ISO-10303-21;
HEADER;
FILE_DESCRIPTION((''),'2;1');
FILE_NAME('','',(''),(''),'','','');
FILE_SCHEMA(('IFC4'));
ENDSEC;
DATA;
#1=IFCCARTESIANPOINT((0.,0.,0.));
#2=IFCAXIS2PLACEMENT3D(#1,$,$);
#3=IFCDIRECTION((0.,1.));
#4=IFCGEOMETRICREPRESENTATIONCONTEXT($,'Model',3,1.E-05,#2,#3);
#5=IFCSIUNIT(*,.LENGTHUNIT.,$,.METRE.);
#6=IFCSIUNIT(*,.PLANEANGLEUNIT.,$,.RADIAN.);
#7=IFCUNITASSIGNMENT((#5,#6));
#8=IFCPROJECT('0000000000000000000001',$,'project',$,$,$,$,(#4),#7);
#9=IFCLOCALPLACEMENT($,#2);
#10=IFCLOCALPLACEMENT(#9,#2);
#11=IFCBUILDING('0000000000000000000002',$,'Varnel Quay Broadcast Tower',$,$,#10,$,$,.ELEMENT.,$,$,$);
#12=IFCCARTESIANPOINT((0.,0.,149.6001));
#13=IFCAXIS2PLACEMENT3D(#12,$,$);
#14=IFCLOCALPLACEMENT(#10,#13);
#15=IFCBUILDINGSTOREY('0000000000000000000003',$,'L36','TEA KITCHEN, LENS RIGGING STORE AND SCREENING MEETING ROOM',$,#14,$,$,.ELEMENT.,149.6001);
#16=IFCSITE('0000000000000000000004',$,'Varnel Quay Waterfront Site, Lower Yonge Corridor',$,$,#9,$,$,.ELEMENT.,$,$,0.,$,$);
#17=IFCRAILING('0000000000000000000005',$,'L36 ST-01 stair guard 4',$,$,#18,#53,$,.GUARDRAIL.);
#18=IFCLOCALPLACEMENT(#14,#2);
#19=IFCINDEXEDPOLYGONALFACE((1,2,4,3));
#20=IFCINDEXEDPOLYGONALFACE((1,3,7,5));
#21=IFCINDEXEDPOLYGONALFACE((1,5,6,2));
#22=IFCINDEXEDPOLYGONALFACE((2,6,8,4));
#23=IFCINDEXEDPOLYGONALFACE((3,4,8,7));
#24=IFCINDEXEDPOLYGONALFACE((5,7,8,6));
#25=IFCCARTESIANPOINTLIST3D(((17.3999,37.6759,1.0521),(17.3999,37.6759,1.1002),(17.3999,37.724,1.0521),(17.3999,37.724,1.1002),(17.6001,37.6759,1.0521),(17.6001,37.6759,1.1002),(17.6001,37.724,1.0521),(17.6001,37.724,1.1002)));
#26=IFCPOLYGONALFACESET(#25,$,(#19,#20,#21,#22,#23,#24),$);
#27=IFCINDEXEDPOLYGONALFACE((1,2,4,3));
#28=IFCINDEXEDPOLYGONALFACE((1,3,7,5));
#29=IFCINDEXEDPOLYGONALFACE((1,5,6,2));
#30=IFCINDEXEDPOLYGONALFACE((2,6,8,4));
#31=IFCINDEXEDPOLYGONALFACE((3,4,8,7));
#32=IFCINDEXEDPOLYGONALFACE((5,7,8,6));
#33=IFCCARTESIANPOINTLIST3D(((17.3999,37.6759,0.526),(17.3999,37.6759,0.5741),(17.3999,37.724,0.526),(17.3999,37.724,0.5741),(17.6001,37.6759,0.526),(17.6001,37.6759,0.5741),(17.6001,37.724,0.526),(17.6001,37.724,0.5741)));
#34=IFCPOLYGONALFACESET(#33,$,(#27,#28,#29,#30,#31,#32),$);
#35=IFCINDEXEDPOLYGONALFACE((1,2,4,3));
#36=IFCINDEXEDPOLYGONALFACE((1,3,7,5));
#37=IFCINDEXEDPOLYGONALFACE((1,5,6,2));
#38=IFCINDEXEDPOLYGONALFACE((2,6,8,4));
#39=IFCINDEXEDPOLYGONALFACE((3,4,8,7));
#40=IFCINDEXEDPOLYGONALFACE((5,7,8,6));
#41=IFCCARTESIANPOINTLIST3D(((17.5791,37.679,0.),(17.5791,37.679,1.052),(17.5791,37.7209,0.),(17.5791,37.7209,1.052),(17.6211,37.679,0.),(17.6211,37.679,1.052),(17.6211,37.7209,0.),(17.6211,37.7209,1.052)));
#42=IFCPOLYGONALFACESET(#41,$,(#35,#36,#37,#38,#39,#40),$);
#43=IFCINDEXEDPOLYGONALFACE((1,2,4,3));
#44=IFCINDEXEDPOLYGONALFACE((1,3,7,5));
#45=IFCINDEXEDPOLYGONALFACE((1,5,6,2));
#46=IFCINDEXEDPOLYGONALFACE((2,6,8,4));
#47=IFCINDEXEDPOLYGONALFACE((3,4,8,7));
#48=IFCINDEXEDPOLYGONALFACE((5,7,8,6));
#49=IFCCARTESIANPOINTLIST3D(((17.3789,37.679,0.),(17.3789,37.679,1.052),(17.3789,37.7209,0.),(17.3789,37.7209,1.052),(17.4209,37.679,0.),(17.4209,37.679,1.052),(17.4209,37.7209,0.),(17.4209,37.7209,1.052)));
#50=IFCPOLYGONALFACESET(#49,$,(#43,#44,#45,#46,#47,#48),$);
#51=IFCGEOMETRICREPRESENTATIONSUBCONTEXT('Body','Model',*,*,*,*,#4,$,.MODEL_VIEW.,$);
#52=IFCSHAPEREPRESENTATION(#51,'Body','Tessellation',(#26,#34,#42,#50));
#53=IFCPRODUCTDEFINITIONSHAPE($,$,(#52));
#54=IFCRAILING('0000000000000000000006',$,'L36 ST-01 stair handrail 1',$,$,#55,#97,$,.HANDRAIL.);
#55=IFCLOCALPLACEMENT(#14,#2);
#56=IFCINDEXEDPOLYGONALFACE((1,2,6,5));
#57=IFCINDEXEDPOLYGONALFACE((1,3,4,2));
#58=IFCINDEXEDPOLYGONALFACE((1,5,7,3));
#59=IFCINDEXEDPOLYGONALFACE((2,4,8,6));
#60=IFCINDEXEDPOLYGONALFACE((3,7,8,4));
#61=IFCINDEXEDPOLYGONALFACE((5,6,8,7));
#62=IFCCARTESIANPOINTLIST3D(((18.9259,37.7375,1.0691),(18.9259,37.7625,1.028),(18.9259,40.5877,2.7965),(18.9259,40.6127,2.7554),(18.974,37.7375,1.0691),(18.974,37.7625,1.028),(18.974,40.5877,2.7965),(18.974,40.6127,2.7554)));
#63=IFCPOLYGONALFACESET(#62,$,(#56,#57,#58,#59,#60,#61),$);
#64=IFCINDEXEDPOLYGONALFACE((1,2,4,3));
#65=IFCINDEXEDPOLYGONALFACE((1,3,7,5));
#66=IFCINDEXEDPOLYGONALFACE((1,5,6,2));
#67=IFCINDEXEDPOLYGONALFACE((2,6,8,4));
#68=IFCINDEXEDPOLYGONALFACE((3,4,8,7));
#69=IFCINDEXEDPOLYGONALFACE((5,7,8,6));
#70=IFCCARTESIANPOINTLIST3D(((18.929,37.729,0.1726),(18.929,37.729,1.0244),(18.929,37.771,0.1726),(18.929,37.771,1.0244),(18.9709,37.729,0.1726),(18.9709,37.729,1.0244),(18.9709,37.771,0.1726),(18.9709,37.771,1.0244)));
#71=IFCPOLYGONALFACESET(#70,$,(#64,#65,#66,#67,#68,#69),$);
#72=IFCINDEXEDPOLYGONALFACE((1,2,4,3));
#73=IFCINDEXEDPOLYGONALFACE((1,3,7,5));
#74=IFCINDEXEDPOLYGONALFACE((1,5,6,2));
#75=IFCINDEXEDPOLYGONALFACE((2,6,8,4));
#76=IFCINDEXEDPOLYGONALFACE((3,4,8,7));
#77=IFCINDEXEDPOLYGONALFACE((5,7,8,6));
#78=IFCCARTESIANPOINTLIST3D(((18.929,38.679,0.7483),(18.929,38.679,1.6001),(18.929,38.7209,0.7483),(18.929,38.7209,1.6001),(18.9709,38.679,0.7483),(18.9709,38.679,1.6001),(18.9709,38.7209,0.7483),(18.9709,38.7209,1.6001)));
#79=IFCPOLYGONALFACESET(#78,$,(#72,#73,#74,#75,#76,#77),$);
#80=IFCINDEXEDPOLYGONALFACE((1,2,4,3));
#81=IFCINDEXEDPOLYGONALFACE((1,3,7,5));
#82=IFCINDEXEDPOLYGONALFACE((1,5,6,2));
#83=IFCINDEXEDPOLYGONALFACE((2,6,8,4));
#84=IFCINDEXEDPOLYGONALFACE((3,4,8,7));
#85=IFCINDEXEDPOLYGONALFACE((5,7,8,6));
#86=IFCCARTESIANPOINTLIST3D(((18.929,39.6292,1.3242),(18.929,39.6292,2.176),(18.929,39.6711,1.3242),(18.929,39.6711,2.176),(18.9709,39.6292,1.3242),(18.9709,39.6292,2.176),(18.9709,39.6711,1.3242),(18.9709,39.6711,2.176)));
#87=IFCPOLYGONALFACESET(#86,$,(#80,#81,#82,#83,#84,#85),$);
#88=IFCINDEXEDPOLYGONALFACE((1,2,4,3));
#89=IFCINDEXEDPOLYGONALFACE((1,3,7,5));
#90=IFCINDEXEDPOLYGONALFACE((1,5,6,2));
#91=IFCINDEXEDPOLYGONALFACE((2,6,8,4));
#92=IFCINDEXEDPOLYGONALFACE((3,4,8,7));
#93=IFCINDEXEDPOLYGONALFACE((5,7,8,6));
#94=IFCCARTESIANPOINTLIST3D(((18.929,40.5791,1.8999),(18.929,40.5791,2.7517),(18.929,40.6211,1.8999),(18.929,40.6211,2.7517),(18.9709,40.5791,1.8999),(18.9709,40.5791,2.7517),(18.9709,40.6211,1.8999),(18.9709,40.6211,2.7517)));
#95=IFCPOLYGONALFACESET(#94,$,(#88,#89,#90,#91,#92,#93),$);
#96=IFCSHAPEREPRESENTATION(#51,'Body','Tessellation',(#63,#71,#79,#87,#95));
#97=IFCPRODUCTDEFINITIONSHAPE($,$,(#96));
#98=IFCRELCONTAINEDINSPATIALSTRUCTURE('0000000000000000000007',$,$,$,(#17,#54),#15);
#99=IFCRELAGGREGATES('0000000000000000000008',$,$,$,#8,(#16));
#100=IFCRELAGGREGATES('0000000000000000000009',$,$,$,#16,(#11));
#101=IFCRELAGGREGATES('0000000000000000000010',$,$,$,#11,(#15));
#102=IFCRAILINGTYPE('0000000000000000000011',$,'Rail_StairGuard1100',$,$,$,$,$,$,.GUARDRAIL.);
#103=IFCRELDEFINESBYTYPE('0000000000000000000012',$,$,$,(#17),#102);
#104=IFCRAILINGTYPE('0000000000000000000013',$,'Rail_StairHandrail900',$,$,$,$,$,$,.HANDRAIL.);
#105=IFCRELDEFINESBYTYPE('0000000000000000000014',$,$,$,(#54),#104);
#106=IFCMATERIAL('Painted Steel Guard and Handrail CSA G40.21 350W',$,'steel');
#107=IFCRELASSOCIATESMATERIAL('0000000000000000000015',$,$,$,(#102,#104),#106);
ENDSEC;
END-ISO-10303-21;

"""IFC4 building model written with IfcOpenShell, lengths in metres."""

from ifc_helpers import new_model, si_unit, direction, frame, origin, origin_2d, place, context, subcontext, project, spatial, rectangle, extrude, material, type_object, element, save


model = new_model("IFC4")

# Units and contexts
model_context = context("Model", 3, precision=1e-05, world=origin(), true_north=direction((0.0, 1.0)))
body_context = subcontext(model_context, "Body", "Model", "MODEL_VIEW")
ifc_project = project(units=[si_unit("LENGTHUNIT", "METRE"), si_unit("PLANEANGLEUNIT", "RADIAN")], contexts=[model_context])

# Site, building, storey
site_placement = place(None, origin())
site = spatial("IfcSite", under=ifc_project, at=site_placement, Name="Varnel Quay Waterfront Site, Lower Yonge Corridor", CompositionType="ELEMENT", RefElevation=0.0)
building_placement = place(site_placement, origin())
building = spatial("IfcBuilding", under=site, at=building_placement, Name="Varnel Quay Broadcast Tower", CompositionType="ELEMENT")
storey_placement = place(building_placement, frame((0.0, 0.0, 149.6001)))
storey = spatial("IfcBuildingStorey", under=building, at=storey_placement, Name="L36", Description="TEA KITCHEN, LENS RIGGING STORE AND SCREENING MEETING ROOM", CompositionType="ELEMENT", Elevation=149.6001)

# Railings
ifc_material_1 = material(Name="Painted Steel Guard and Handrail CSA G40.21 350W", Category="steel")
railing_type_1 = type_object("IfcRailingType", Name="Rail_StairGuard1100", PredefinedType="GUARDRAIL", material=ifc_material_1)
railing_1_placement = place(storey_placement, frame((17.6001, 37.7, 0.0)))
element("IfcRailing", 1, at=railing_1_placement, inside=storey, type_object=railing_type_1, Name="L36 ST-01 stair guard 4", PredefinedType="GUARDRAIL", context=body_context, shape_type="SweptSolid", body=[
    extrude(rectangle(XDim=0.0481, YDim=0.0481, at=origin_2d()), frame((0.0, 0.0, 1.0762), z_axis=(-1.0, 0.0, 0.0), x_axis=(0.0, -1.0, 0.0)), (0.0, 0.0, 1.0), 0.2002),
    extrude(rectangle(XDim=0.0481, YDim=0.0481, at=origin_2d()), frame((0.0, 0.0, 0.55), z_axis=(-1.0, 0.0, 0.0), x_axis=(0.0, -1.0, 0.0)), (0.0, 0.0, 1.0), 0.2002),
    extrude(rectangle(XDim=0.042, YDim=0.042, at=origin_2d()), origin(), (0.0, 0.0, 1.0), 1.052),
    extrude(rectangle(XDim=0.042, YDim=0.042, at=origin_2d()), frame((-0.2002, 0.0, 0.0)), (0.0, 0.0, 1.0), 1.052),
])
railing_type_2 = type_object("IfcRailingType", Name="Rail_StairHandrail900", PredefinedType="HANDRAIL", material=ifc_material_1)
railing_2_placement = place(storey_placement, frame((18.95, 37.75, 0.1726)))
element("IfcRailing", 2, at=railing_2_placement, inside=storey, type_object=railing_type_2, Name="L36 ST-01 stair handrail 1", PredefinedType="HANDRAIL", context=body_context, shape_type="SweptSolid", body=[
    extrude(rectangle(XDim=0.0481, YDim=0.0481, at=origin_2d()), frame((0.0, 0.0, 0.876), z_axis=(0.0, 0.855203, 0.518294), x_axis=(-1.0, 0.0, 0.0)), (0.0, 0.0, 1.0), 3.3328),
    extrude(rectangle(XDim=0.042, YDim=0.042, at=origin_2d()), origin(), (0.0, 0.0, 1.0), 0.8518),
    extrude(rectangle(XDim=0.042, YDim=0.042, at=origin_2d()), frame((0.0, 0.95, 0.5757)), (0.0, 0.0, 1.0), 0.8518),
    extrude(rectangle(XDim=0.042, YDim=0.042, at=origin_2d()), frame((0.0, 1.9001, 1.1516)), (0.0, 0.0, 1.0), 0.8518),
    extrude(rectangle(XDim=0.042, YDim=0.042, at=origin_2d()), frame((0.0, 2.8501, 1.7273)), (0.0, 0.0, 1.0), 0.8518),
])

save(model, "model.ifc")
